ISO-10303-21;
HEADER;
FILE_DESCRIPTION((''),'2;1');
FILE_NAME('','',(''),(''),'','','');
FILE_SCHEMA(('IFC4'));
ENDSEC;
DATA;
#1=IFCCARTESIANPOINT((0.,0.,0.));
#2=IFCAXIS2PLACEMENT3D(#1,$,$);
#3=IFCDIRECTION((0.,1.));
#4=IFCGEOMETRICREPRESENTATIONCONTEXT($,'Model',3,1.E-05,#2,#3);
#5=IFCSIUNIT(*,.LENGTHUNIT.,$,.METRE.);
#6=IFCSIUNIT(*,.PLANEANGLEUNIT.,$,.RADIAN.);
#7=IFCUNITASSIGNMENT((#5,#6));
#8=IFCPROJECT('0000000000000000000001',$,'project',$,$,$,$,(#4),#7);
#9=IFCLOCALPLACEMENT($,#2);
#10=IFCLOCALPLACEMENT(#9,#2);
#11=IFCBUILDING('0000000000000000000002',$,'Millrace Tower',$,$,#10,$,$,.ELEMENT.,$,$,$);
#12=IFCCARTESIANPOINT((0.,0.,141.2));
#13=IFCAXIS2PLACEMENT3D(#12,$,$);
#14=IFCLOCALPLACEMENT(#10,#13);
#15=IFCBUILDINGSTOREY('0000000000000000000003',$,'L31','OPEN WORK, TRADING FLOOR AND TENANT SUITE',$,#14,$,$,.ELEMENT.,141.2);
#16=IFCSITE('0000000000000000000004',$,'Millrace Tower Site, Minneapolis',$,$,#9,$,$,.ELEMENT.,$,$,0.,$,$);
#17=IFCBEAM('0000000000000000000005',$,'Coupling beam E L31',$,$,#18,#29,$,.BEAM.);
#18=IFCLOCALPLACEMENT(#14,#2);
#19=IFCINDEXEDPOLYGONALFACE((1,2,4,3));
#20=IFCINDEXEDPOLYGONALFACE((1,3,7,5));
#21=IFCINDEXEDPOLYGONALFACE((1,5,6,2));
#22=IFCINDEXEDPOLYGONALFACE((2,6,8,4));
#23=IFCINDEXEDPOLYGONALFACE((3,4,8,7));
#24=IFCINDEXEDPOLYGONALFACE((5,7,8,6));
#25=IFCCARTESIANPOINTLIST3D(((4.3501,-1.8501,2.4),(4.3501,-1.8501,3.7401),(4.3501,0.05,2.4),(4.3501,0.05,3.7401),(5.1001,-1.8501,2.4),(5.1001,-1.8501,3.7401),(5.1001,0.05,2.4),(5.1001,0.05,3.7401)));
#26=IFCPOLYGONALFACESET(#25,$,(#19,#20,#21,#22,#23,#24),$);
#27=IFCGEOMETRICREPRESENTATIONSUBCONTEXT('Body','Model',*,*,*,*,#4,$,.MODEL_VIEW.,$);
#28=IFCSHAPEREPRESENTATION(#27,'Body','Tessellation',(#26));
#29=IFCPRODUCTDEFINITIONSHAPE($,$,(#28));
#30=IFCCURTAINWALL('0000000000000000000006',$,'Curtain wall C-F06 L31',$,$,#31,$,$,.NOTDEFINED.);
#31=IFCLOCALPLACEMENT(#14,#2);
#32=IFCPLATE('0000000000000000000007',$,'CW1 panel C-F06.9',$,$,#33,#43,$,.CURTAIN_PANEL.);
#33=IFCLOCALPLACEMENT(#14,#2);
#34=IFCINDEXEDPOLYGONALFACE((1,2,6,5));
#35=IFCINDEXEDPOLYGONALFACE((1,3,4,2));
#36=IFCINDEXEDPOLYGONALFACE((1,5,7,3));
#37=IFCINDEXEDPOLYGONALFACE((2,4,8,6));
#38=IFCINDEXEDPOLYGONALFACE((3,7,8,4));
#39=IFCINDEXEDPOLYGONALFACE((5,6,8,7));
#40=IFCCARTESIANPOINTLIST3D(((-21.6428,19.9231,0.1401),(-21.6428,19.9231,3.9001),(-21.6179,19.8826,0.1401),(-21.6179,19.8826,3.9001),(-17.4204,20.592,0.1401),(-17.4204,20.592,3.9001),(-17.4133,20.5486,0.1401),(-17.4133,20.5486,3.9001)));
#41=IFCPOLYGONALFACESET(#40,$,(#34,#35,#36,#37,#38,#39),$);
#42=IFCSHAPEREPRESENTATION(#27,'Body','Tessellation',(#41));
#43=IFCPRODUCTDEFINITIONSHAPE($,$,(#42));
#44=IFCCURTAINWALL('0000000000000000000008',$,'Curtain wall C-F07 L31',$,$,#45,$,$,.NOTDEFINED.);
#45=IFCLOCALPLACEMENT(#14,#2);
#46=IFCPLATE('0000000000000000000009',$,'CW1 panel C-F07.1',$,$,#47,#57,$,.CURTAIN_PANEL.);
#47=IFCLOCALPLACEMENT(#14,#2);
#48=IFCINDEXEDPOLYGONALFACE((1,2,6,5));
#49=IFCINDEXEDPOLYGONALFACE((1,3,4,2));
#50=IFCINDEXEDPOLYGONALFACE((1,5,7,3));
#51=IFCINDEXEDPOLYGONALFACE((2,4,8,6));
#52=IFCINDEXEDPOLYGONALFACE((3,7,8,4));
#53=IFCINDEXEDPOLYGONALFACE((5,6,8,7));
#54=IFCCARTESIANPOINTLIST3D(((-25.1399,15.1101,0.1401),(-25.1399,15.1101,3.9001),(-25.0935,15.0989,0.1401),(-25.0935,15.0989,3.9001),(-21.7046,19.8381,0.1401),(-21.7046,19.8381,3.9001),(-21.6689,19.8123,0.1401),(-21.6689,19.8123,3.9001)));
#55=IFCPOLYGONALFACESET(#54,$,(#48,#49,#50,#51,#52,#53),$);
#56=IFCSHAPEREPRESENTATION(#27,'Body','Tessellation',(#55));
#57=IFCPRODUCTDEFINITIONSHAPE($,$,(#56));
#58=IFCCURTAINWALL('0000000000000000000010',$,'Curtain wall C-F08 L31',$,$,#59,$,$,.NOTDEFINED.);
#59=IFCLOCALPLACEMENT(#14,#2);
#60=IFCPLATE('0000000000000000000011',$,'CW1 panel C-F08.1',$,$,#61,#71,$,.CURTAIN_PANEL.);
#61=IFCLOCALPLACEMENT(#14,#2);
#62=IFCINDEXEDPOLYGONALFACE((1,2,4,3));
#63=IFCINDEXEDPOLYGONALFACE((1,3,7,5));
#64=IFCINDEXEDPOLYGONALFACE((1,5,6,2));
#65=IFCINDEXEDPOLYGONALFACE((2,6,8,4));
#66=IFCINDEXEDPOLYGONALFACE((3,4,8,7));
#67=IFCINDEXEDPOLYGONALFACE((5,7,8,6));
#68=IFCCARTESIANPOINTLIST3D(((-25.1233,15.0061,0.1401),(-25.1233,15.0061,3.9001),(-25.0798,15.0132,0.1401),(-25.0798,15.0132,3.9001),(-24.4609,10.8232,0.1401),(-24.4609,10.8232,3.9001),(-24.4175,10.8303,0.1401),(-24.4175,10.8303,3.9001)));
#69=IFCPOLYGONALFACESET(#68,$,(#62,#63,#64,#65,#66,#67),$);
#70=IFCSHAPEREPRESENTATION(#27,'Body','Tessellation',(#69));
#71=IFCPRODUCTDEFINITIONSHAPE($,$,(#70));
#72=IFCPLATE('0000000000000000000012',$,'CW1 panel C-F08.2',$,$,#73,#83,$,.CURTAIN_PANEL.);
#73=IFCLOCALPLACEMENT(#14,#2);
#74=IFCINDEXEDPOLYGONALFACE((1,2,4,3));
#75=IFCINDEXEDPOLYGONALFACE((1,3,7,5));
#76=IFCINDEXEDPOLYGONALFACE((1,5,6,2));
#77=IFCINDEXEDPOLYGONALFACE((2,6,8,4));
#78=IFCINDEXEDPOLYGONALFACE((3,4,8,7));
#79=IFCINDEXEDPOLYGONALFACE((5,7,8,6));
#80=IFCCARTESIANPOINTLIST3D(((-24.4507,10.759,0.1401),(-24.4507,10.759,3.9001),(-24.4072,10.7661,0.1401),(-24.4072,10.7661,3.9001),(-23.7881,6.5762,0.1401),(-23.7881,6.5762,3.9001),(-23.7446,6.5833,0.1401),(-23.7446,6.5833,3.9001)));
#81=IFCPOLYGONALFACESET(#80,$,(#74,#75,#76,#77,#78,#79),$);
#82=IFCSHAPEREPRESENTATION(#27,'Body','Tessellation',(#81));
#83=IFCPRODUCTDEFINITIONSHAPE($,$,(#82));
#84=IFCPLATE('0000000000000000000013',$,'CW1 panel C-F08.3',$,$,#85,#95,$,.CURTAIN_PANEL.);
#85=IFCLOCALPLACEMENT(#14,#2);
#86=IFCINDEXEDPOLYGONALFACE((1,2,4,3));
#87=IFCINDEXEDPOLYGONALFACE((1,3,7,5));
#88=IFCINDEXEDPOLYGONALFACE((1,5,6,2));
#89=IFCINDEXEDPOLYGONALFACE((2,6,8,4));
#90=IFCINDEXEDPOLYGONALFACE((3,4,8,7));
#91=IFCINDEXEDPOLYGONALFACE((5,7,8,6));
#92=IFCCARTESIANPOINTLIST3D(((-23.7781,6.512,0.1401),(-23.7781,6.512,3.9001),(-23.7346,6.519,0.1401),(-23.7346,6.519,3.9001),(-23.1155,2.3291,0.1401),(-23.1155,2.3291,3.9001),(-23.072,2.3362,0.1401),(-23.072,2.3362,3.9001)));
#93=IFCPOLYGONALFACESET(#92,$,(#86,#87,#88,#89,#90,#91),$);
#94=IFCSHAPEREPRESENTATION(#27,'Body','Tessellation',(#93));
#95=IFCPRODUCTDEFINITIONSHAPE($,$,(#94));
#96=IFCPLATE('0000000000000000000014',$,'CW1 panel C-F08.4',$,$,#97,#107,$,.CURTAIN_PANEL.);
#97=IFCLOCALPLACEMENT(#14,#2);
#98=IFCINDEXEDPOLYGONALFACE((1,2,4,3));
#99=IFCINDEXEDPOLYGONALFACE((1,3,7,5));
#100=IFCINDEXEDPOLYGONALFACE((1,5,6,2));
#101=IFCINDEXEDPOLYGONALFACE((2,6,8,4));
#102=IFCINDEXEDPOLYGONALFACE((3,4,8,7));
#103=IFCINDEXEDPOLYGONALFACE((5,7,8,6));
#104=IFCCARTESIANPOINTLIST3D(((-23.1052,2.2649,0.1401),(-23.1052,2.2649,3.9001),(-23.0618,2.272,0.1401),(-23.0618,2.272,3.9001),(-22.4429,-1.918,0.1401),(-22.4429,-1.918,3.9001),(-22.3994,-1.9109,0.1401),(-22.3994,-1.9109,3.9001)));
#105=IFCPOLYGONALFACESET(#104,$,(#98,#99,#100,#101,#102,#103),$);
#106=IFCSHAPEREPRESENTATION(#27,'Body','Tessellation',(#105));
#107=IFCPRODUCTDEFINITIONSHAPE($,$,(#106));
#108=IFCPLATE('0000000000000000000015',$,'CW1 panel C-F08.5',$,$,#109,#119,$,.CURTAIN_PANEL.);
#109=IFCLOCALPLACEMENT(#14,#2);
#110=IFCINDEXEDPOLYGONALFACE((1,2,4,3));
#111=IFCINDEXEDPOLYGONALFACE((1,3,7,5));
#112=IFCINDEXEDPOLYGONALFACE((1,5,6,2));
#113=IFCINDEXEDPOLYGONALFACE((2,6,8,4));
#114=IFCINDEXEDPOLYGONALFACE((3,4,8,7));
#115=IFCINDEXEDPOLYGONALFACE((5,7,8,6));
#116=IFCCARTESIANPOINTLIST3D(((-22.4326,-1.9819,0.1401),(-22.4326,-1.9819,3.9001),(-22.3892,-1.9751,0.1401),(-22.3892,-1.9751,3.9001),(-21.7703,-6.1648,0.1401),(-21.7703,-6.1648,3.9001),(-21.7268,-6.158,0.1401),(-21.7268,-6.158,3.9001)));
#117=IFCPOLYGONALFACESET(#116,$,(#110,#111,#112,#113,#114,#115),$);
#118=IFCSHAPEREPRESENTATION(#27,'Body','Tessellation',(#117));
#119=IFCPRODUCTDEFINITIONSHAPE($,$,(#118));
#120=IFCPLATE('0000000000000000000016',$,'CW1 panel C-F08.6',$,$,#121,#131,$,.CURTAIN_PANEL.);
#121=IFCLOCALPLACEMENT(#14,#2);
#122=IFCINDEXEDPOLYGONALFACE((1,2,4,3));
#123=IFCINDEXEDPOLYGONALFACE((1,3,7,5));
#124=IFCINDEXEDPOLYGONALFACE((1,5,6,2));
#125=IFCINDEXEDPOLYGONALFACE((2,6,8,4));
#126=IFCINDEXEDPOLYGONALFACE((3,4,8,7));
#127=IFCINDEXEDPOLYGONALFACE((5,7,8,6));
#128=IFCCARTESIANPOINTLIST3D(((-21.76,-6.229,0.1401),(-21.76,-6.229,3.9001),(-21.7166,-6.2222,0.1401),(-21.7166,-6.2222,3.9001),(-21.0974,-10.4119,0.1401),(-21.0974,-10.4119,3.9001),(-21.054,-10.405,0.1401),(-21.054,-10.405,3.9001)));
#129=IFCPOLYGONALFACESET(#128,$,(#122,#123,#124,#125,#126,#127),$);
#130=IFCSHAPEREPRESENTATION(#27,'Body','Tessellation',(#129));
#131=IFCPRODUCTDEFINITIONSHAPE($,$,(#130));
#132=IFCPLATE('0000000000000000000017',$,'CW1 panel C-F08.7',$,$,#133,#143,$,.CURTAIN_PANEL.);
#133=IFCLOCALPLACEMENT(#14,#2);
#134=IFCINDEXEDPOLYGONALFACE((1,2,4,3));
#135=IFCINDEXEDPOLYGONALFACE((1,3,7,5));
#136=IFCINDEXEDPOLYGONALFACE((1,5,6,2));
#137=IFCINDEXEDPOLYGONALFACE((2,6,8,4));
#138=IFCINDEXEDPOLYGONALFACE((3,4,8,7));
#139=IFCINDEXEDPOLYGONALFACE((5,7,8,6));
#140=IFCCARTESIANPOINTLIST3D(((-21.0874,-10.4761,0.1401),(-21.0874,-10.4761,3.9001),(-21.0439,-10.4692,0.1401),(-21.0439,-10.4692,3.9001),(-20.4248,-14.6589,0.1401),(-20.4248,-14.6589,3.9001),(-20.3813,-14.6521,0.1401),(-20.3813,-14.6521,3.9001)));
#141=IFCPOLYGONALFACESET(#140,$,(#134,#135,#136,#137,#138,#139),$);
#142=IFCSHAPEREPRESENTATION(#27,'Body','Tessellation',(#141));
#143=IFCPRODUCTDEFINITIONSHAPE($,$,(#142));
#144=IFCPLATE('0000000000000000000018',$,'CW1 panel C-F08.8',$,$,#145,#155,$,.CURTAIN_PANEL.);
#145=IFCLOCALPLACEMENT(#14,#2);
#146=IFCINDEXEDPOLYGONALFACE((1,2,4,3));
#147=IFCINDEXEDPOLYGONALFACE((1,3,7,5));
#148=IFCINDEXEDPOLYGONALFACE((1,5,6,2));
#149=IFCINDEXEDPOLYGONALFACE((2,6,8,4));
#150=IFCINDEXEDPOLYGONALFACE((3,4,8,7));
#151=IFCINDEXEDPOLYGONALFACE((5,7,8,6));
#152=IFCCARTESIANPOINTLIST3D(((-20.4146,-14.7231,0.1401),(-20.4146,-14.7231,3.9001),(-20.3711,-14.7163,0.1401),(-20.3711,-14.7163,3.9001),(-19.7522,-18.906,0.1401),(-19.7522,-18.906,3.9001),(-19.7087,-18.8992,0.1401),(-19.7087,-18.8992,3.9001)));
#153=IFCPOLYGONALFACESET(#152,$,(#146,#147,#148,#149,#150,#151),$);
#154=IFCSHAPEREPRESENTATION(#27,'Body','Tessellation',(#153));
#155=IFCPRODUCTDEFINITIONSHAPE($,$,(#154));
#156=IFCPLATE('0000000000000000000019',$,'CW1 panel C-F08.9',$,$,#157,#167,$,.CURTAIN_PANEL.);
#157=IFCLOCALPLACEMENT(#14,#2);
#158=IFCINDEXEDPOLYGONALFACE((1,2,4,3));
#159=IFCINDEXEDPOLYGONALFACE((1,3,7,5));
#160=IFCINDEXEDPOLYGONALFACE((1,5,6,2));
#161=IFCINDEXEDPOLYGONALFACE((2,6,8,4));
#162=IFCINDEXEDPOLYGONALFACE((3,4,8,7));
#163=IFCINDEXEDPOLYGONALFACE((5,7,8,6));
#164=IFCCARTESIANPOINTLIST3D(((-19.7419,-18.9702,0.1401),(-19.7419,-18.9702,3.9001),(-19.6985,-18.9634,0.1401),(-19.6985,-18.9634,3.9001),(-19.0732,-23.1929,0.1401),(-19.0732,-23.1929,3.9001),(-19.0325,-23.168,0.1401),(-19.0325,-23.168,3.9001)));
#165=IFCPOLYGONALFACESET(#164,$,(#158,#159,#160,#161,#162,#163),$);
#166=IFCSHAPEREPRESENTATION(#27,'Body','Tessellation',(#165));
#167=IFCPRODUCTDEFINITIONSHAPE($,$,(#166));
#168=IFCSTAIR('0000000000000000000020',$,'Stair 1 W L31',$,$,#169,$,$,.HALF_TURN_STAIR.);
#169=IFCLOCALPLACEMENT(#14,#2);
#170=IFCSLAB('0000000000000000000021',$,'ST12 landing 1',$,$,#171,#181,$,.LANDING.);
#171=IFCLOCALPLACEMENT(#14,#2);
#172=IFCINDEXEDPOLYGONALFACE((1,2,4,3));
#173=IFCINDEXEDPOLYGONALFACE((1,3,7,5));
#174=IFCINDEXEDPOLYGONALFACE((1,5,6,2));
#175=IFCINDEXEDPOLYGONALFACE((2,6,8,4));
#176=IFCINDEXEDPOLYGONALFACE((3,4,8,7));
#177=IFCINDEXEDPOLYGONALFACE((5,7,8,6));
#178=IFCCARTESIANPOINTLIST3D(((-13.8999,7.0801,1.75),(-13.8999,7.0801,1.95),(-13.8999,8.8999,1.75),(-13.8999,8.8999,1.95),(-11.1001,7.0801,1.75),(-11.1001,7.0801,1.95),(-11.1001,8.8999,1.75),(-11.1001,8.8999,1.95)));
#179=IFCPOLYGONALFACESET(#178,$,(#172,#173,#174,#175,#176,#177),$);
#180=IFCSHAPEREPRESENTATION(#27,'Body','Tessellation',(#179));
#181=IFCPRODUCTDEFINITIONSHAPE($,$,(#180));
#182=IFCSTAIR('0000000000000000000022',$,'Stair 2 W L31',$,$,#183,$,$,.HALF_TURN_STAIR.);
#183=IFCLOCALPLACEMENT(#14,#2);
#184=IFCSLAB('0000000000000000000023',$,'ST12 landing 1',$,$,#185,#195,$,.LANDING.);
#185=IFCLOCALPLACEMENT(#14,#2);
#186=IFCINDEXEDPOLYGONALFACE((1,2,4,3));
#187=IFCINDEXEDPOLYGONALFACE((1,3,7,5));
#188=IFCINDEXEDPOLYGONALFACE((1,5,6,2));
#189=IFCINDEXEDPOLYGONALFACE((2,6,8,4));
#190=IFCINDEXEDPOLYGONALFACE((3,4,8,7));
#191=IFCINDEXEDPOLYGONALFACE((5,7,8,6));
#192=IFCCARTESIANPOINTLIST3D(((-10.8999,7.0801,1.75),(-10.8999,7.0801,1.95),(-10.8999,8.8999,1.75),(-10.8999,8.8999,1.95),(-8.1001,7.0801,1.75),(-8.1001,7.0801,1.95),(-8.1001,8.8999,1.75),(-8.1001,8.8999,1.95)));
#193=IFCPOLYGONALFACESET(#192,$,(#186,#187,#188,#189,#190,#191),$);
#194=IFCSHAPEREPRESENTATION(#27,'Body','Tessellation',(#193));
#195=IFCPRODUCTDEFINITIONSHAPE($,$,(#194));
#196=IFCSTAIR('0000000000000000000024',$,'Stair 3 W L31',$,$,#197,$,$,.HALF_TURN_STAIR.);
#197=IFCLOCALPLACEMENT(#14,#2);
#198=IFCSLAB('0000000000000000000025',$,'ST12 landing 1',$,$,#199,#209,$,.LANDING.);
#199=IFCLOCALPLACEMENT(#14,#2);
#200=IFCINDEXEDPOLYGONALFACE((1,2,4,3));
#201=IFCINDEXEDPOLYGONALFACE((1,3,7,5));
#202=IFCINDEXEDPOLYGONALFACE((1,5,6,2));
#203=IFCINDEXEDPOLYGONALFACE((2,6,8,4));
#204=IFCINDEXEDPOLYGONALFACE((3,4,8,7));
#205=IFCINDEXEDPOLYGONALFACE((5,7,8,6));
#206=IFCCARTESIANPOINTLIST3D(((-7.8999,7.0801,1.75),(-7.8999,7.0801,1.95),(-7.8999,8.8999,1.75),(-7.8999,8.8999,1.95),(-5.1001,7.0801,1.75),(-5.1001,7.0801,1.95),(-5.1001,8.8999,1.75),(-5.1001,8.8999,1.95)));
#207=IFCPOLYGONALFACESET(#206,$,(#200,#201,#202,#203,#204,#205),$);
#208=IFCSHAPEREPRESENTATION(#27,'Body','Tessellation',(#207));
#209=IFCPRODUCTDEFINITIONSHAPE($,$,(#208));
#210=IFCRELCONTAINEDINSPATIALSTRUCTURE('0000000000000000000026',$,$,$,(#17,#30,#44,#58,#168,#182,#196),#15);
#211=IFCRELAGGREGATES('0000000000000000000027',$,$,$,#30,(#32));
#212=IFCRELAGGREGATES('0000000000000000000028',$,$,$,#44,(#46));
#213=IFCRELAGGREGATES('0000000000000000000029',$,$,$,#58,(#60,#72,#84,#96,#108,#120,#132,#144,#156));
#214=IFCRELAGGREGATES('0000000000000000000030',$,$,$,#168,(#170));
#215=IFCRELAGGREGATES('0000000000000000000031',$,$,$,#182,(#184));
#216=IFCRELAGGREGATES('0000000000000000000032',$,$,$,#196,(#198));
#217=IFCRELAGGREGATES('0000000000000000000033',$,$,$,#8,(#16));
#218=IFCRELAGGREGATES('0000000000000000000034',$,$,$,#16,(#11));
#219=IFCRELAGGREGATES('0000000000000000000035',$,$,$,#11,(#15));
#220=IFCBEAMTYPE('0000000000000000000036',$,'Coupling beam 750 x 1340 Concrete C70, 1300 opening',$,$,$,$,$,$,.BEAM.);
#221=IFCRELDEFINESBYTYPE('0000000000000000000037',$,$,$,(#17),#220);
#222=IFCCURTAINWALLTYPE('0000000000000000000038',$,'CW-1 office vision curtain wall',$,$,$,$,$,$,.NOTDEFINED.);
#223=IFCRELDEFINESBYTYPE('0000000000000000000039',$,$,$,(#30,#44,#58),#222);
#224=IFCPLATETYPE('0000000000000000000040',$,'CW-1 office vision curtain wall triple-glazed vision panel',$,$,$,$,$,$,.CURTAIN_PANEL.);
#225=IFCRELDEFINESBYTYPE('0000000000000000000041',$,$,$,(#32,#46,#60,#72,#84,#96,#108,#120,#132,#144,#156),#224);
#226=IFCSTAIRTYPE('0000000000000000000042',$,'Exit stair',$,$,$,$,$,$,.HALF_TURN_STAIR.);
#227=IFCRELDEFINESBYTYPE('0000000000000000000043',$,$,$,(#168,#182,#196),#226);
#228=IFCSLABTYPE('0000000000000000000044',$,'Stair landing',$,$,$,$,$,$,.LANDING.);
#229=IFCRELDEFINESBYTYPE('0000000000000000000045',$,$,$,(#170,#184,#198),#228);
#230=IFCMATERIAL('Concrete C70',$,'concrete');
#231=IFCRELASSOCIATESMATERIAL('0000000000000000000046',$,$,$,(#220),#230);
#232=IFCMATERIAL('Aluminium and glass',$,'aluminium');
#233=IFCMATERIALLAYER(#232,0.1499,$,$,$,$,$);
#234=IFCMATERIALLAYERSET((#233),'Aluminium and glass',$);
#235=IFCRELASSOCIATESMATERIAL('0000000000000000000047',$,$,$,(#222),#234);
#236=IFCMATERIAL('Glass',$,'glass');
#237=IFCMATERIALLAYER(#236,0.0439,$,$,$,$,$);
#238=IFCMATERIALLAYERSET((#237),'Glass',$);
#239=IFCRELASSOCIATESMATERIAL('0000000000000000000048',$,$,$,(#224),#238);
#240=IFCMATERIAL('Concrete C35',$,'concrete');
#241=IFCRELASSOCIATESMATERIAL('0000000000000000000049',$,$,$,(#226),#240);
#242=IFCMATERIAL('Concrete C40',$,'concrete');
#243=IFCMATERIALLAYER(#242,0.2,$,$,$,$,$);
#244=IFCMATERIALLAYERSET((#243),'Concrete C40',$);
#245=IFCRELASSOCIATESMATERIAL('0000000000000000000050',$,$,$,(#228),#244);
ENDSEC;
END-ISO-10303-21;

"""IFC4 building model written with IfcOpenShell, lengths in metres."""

from ifc_helpers import new_model, si_unit, direction, frame, origin, origin_2d, place, context, subcontext, project, spatial, polyline, rectangle, outline, extrude, material, layer, layer_set, material_profile, profile_set, type_object, element, aggregate, save


model = new_model("IFC4")

# Units and contexts
model_context = context("Model", 3, precision=1e-05, world=origin(), true_north=direction((0.0, 1.0)))
body_context = subcontext(model_context, "Body", "Model", "MODEL_VIEW")
ifc_project = project(units=[si_unit("LENGTHUNIT", "METRE"), si_unit("PLANEANGLEUNIT", "RADIAN")], contexts=[model_context])

# Site, building, storey
site_placement = place(None, origin())
site = spatial("IfcSite", under=ifc_project, at=site_placement, Name="Millrace Tower Site, Minneapolis", CompositionType="ELEMENT", RefElevation=0.0)
building_placement = place(site_placement, origin())
building = spatial("IfcBuilding", under=site, at=building_placement, Name="Millrace Tower", CompositionType="ELEMENT")
storey_placement = place(building_placement, frame((0.0, 0.0, 141.2)))
storey = spatial("IfcBuildingStorey", under=building, at=storey_placement, Name="L31", Description="OPEN WORK, TRADING FLOOR AND TENANT SUITE", CompositionType="ELEMENT", Elevation=141.2)

# Beam
ifc_material_1 = material(Name="Concrete C70", Category="concrete")
ifc_material_profile = material_profile(ifc_material_1, rectangle(XDim=0.75, YDim=1.3401, at=origin_2d()))
ifc_profile_set = profile_set([ifc_material_profile], Name="Concrete C70")
beam_type = type_object("IfcBeamType", Name="Coupling beam 750 x 1340 Concrete C70, 1300 opening", PredefinedType="BEAM", material=ifc_profile_set)
beam_placement = place(storey_placement, frame((4.7251, 0.05, 3.0701), z_axis=(0.0, -1.0, 0.0), x_axis=(1.0, 0.0, 0.0)))
element("IfcBeam", 1, at=beam_placement, inside=storey, type_object=beam_type, Name="Coupling beam E L31", PredefinedType="BEAM", context=body_context, shape_type="SweptSolid", body=[
    extrude(rectangle(XDim=0.75, YDim=1.3401, at=origin_2d()), origin(), (0.0, 0.0, 1.0), 1.9001),
])

# Curtain walls, plates
ifc_material_2 = material(Name="Aluminium and glass", Category="aluminium")
ifc_layer_1 = layer(ifc_material_2, 0.1499)
ifc_layer_set_1 = layer_set([ifc_layer_1], Name="Aluminium and glass")
curtain_wall_type = type_object("IfcCurtainWallType", Name="CW-1 office vision curtain wall", PredefinedType="NOTDEFINED", material=ifc_layer_set_1)
placement_1 = place(storey_placement, origin())
curtain_wall_1 = element("IfcCurtainWall", 2, at=placement_1, inside=storey, type_object=curtain_wall_type, Name="Curtain wall C-F06 L31", PredefinedType="NOTDEFINED")
ifc_material_3 = material(Name="Glass", Category="glass")
ifc_layer_2 = layer(ifc_material_3, 0.0439)
ifc_layer_set_2 = layer_set([ifc_layer_2], Name="Glass")
plate_type = type_object("IfcPlateType", Name="CW-1 office vision curtain wall triple-glazed vision panel", PredefinedType="CURTAIN_PANEL", material=ifc_layer_set_2)
placement_2 = place(storey_placement, frame((0.0, 0.0, 0.1401)))
plate_1 = element("IfcPlate", 3, at=placement_2, type_object=plate_type, Name="CW1 panel C-F06.9", PredefinedType="CURTAIN_PANEL", context=body_context, shape_type="SweptSolid", body=[
    extrude(outline(polyline([(-17.4204, 20.592), (-21.6428, 19.9231), (-21.6179, 19.8826), (-17.4133, 20.5486), (-17.4204, 20.592)])), origin(), (0.0, 0.0, 1.0), 3.76),
])
aggregate(curtain_wall_1, [plate_1])
curtain_wall_2 = element("IfcCurtainWall", 4, at=placement_1, inside=storey, type_object=curtain_wall_type, Name="Curtain wall C-F07 L31", PredefinedType="NOTDEFINED")
plate_2 = element("IfcPlate", 5, at=placement_2, type_object=plate_type, Name="CW1 panel C-F07.1", PredefinedType="CURTAIN_PANEL", context=body_context, shape_type="SweptSolid", body=[
    extrude(outline(polyline([(-21.7046, 19.8381), (-25.1399, 15.1101), (-25.0935, 15.0989), (-21.6689, 19.8123), (-21.7046, 19.8381)])), origin(), (0.0, 0.0, 1.0), 3.76),
])
aggregate(curtain_wall_2, [plate_2])

# Curtain wall, plates
curtain_wall_3 = element("IfcCurtainWall", 6, at=placement_1, inside=storey, type_object=curtain_wall_type, Name="Curtain wall C-F08 L31", PredefinedType="NOTDEFINED")
plate_3 = element("IfcPlate", 7, at=placement_2, type_object=plate_type, Name="CW1 panel C-F08.1", PredefinedType="CURTAIN_PANEL", context=body_context, shape_type="SweptSolid", body=[
    extrude(outline(polyline([(-25.1233, 15.0061), (-24.4609, 10.8232), (-24.4175, 10.8303), (-25.0798, 15.0132), (-25.1233, 15.0061)])), origin(), (0.0, 0.0, 1.0), 3.76),
])
plate_4 = element("IfcPlate", 8, at=placement_2, type_object=plate_type, Name="CW1 panel C-F08.2", PredefinedType="CURTAIN_PANEL", context=body_context, shape_type="SweptSolid", body=[
    extrude(outline(polyline([(-24.4507, 10.759), (-23.7881, 6.5762), (-23.7446, 6.5833), (-24.4072, 10.7661), (-24.4507, 10.759)])), origin(), (0.0, 0.0, 1.0), 3.76),
])
plate_5 = element("IfcPlate", 9, at=placement_2, type_object=plate_type, Name="CW1 panel C-F08.3", PredefinedType="CURTAIN_PANEL", context=body_context, shape_type="SweptSolid", body=[
    extrude(outline(polyline([(-23.7781, 6.512), (-23.1155, 2.3291), (-23.072, 2.3362), (-23.7346, 6.519), (-23.7781, 6.512)])), origin(), (0.0, 0.0, 1.0), 3.76),
])
plate_6 = element("IfcPlate", 10, at=placement_2, type_object=plate_type, Name="CW1 panel C-F08.4", PredefinedType="CURTAIN_PANEL", context=body_context, shape_type="SweptSolid", body=[
    extrude(outline(polyline([(-23.1052, 2.2649), (-22.4429, -1.918), (-22.3994, -1.9109), (-23.0618, 2.272), (-23.1052, 2.2649)])), origin(), (0.0, 0.0, 1.0), 3.76),
])
plate_7 = element("IfcPlate", 11, at=placement_2, type_object=plate_type, Name="CW1 panel C-F08.5", PredefinedType="CURTAIN_PANEL", context=body_context, shape_type="SweptSolid", body=[
    extrude(outline(polyline([(-22.4326, -1.9819), (-21.7703, -6.1648), (-21.7268, -6.158), (-22.3892, -1.9751), (-22.4326, -1.9819)])), origin(), (0.0, 0.0, 1.0), 3.76),
])
plate_8 = element("IfcPlate", 12, at=placement_2, type_object=plate_type, Name="CW1 panel C-F08.6", PredefinedType="CURTAIN_PANEL", context=body_context, shape_type="SweptSolid", body=[
    extrude(outline(polyline([(-21.76, -6.229), (-21.0974, -10.4119), (-21.054, -10.405), (-21.7166, -6.2222), (-21.76, -6.229)])), origin(), (0.0, 0.0, 1.0), 3.76),
])
plate_9 = element("IfcPlate", 13, at=placement_2, type_object=plate_type, Name="CW1 panel C-F08.7", PredefinedType="CURTAIN_PANEL", context=body_context, shape_type="SweptSolid", body=[
    extrude(outline(polyline([(-21.0874, -10.4761), (-20.4248, -14.6589), (-20.3813, -14.6521), (-21.0439, -10.4692), (-21.0874, -10.4761)])), origin(), (0.0, 0.0, 1.0), 3.76),
])
plate_10 = element("IfcPlate", 14, at=placement_2, type_object=plate_type, Name="CW1 panel C-F08.8", PredefinedType="CURTAIN_PANEL", context=body_context, shape_type="SweptSolid", body=[
    extrude(outline(polyline([(-20.4146, -14.7231), (-19.7522, -18.906), (-19.7087, -18.8992), (-20.3711, -14.7163), (-20.4146, -14.7231)])), origin(), (0.0, 0.0, 1.0), 3.76),
])
plate_11 = element("IfcPlate", 15, at=placement_2, type_object=plate_type, Name="CW1 panel C-F08.9", PredefinedType="CURTAIN_PANEL", context=body_context, shape_type="SweptSolid", body=[
    extrude(outline(polyline([(-19.7419, -18.9702), (-19.0732, -23.1929), (-19.0325, -23.168), (-19.6985, -18.9634), (-19.7419, -18.9702)])), origin(), (0.0, 0.0, 1.0), 3.76),
])
aggregate(curtain_wall_3, [plate_3, plate_4, plate_5, plate_6, plate_7, plate_8, plate_9, plate_10, plate_11])

# Stairs, slabs
ifc_material_4 = material(Name="Concrete C35", Category="concrete")
stair_type = type_object("IfcStairType", Name="Exit stair", PredefinedType="HALF_TURN_STAIR", material=ifc_material_4)
stair_1 = element("IfcStair", 16, at=placement_1, inside=storey, type_object=stair_type, Name="Stair 1 W L31", PredefinedType="HALF_TURN_STAIR")
ifc_material_5 = material(Name="Concrete C40", Category="concrete")
ifc_layer_3 = layer(ifc_material_5, 0.2)
ifc_layer_set_3 = layer_set([ifc_layer_3], Name="Concrete C40")
slab_type = type_object("IfcSlabType", Name="Stair landing", PredefinedType="LANDING", material=ifc_layer_set_3)
placement_3 = place(storey_placement, frame((0.0, 0.0, 1.75)))
slab_1 = element("IfcSlab", 17, at=placement_3, type_object=slab_type, Name="ST12 landing 1", PredefinedType="LANDING", context=body_context, shape_type="SweptSolid", body=[
    extrude(outline(polyline([(-13.8999, 7.0801), (-11.1001, 7.0801), (-11.1001, 8.8999), (-13.8999, 8.8999), (-13.8999, 7.0801)])), origin(), (0.0, 0.0, 1.0), 0.2),
])
aggregate(stair_1, [slab_1])
stair_2 = element("IfcStair", 18, at=placement_1, inside=storey, type_object=stair_type, Name="Stair 2 W L31", PredefinedType="HALF_TURN_STAIR")
slab_2 = element("IfcSlab", 19, at=placement_3, type_object=slab_type, Name="ST12 landing 1", PredefinedType="LANDING", context=body_context, shape_type="SweptSolid", body=[
    extrude(outline(polyline([(-10.8999, 7.0801), (-8.1001, 7.0801), (-8.1001, 8.8999), (-10.8999, 8.8999), (-10.8999, 7.0801)])), origin(), (0.0, 0.0, 1.0), 0.2),
])
aggregate(stair_2, [slab_2])
stair_3 = element("IfcStair", 20, at=placement_1, inside=storey, type_object=stair_type, Name="Stair 3 W L31", PredefinedType="HALF_TURN_STAIR")
slab_3 = element("IfcSlab", 21, at=placement_3, type_object=slab_type, Name="ST12 landing 1", PredefinedType="LANDING", context=body_context, shape_type="SweptSolid", body=[
    extrude(outline(polyline([(-7.8999, 7.0801), (-5.1001, 7.0801), (-5.1001, 8.8999), (-7.8999, 8.8999), (-7.8999, 7.0801)])), origin(), (0.0, 0.0, 1.0), 0.2),
])
aggregate(stair_3, [slab_3])

save(model, "model.ifc")
